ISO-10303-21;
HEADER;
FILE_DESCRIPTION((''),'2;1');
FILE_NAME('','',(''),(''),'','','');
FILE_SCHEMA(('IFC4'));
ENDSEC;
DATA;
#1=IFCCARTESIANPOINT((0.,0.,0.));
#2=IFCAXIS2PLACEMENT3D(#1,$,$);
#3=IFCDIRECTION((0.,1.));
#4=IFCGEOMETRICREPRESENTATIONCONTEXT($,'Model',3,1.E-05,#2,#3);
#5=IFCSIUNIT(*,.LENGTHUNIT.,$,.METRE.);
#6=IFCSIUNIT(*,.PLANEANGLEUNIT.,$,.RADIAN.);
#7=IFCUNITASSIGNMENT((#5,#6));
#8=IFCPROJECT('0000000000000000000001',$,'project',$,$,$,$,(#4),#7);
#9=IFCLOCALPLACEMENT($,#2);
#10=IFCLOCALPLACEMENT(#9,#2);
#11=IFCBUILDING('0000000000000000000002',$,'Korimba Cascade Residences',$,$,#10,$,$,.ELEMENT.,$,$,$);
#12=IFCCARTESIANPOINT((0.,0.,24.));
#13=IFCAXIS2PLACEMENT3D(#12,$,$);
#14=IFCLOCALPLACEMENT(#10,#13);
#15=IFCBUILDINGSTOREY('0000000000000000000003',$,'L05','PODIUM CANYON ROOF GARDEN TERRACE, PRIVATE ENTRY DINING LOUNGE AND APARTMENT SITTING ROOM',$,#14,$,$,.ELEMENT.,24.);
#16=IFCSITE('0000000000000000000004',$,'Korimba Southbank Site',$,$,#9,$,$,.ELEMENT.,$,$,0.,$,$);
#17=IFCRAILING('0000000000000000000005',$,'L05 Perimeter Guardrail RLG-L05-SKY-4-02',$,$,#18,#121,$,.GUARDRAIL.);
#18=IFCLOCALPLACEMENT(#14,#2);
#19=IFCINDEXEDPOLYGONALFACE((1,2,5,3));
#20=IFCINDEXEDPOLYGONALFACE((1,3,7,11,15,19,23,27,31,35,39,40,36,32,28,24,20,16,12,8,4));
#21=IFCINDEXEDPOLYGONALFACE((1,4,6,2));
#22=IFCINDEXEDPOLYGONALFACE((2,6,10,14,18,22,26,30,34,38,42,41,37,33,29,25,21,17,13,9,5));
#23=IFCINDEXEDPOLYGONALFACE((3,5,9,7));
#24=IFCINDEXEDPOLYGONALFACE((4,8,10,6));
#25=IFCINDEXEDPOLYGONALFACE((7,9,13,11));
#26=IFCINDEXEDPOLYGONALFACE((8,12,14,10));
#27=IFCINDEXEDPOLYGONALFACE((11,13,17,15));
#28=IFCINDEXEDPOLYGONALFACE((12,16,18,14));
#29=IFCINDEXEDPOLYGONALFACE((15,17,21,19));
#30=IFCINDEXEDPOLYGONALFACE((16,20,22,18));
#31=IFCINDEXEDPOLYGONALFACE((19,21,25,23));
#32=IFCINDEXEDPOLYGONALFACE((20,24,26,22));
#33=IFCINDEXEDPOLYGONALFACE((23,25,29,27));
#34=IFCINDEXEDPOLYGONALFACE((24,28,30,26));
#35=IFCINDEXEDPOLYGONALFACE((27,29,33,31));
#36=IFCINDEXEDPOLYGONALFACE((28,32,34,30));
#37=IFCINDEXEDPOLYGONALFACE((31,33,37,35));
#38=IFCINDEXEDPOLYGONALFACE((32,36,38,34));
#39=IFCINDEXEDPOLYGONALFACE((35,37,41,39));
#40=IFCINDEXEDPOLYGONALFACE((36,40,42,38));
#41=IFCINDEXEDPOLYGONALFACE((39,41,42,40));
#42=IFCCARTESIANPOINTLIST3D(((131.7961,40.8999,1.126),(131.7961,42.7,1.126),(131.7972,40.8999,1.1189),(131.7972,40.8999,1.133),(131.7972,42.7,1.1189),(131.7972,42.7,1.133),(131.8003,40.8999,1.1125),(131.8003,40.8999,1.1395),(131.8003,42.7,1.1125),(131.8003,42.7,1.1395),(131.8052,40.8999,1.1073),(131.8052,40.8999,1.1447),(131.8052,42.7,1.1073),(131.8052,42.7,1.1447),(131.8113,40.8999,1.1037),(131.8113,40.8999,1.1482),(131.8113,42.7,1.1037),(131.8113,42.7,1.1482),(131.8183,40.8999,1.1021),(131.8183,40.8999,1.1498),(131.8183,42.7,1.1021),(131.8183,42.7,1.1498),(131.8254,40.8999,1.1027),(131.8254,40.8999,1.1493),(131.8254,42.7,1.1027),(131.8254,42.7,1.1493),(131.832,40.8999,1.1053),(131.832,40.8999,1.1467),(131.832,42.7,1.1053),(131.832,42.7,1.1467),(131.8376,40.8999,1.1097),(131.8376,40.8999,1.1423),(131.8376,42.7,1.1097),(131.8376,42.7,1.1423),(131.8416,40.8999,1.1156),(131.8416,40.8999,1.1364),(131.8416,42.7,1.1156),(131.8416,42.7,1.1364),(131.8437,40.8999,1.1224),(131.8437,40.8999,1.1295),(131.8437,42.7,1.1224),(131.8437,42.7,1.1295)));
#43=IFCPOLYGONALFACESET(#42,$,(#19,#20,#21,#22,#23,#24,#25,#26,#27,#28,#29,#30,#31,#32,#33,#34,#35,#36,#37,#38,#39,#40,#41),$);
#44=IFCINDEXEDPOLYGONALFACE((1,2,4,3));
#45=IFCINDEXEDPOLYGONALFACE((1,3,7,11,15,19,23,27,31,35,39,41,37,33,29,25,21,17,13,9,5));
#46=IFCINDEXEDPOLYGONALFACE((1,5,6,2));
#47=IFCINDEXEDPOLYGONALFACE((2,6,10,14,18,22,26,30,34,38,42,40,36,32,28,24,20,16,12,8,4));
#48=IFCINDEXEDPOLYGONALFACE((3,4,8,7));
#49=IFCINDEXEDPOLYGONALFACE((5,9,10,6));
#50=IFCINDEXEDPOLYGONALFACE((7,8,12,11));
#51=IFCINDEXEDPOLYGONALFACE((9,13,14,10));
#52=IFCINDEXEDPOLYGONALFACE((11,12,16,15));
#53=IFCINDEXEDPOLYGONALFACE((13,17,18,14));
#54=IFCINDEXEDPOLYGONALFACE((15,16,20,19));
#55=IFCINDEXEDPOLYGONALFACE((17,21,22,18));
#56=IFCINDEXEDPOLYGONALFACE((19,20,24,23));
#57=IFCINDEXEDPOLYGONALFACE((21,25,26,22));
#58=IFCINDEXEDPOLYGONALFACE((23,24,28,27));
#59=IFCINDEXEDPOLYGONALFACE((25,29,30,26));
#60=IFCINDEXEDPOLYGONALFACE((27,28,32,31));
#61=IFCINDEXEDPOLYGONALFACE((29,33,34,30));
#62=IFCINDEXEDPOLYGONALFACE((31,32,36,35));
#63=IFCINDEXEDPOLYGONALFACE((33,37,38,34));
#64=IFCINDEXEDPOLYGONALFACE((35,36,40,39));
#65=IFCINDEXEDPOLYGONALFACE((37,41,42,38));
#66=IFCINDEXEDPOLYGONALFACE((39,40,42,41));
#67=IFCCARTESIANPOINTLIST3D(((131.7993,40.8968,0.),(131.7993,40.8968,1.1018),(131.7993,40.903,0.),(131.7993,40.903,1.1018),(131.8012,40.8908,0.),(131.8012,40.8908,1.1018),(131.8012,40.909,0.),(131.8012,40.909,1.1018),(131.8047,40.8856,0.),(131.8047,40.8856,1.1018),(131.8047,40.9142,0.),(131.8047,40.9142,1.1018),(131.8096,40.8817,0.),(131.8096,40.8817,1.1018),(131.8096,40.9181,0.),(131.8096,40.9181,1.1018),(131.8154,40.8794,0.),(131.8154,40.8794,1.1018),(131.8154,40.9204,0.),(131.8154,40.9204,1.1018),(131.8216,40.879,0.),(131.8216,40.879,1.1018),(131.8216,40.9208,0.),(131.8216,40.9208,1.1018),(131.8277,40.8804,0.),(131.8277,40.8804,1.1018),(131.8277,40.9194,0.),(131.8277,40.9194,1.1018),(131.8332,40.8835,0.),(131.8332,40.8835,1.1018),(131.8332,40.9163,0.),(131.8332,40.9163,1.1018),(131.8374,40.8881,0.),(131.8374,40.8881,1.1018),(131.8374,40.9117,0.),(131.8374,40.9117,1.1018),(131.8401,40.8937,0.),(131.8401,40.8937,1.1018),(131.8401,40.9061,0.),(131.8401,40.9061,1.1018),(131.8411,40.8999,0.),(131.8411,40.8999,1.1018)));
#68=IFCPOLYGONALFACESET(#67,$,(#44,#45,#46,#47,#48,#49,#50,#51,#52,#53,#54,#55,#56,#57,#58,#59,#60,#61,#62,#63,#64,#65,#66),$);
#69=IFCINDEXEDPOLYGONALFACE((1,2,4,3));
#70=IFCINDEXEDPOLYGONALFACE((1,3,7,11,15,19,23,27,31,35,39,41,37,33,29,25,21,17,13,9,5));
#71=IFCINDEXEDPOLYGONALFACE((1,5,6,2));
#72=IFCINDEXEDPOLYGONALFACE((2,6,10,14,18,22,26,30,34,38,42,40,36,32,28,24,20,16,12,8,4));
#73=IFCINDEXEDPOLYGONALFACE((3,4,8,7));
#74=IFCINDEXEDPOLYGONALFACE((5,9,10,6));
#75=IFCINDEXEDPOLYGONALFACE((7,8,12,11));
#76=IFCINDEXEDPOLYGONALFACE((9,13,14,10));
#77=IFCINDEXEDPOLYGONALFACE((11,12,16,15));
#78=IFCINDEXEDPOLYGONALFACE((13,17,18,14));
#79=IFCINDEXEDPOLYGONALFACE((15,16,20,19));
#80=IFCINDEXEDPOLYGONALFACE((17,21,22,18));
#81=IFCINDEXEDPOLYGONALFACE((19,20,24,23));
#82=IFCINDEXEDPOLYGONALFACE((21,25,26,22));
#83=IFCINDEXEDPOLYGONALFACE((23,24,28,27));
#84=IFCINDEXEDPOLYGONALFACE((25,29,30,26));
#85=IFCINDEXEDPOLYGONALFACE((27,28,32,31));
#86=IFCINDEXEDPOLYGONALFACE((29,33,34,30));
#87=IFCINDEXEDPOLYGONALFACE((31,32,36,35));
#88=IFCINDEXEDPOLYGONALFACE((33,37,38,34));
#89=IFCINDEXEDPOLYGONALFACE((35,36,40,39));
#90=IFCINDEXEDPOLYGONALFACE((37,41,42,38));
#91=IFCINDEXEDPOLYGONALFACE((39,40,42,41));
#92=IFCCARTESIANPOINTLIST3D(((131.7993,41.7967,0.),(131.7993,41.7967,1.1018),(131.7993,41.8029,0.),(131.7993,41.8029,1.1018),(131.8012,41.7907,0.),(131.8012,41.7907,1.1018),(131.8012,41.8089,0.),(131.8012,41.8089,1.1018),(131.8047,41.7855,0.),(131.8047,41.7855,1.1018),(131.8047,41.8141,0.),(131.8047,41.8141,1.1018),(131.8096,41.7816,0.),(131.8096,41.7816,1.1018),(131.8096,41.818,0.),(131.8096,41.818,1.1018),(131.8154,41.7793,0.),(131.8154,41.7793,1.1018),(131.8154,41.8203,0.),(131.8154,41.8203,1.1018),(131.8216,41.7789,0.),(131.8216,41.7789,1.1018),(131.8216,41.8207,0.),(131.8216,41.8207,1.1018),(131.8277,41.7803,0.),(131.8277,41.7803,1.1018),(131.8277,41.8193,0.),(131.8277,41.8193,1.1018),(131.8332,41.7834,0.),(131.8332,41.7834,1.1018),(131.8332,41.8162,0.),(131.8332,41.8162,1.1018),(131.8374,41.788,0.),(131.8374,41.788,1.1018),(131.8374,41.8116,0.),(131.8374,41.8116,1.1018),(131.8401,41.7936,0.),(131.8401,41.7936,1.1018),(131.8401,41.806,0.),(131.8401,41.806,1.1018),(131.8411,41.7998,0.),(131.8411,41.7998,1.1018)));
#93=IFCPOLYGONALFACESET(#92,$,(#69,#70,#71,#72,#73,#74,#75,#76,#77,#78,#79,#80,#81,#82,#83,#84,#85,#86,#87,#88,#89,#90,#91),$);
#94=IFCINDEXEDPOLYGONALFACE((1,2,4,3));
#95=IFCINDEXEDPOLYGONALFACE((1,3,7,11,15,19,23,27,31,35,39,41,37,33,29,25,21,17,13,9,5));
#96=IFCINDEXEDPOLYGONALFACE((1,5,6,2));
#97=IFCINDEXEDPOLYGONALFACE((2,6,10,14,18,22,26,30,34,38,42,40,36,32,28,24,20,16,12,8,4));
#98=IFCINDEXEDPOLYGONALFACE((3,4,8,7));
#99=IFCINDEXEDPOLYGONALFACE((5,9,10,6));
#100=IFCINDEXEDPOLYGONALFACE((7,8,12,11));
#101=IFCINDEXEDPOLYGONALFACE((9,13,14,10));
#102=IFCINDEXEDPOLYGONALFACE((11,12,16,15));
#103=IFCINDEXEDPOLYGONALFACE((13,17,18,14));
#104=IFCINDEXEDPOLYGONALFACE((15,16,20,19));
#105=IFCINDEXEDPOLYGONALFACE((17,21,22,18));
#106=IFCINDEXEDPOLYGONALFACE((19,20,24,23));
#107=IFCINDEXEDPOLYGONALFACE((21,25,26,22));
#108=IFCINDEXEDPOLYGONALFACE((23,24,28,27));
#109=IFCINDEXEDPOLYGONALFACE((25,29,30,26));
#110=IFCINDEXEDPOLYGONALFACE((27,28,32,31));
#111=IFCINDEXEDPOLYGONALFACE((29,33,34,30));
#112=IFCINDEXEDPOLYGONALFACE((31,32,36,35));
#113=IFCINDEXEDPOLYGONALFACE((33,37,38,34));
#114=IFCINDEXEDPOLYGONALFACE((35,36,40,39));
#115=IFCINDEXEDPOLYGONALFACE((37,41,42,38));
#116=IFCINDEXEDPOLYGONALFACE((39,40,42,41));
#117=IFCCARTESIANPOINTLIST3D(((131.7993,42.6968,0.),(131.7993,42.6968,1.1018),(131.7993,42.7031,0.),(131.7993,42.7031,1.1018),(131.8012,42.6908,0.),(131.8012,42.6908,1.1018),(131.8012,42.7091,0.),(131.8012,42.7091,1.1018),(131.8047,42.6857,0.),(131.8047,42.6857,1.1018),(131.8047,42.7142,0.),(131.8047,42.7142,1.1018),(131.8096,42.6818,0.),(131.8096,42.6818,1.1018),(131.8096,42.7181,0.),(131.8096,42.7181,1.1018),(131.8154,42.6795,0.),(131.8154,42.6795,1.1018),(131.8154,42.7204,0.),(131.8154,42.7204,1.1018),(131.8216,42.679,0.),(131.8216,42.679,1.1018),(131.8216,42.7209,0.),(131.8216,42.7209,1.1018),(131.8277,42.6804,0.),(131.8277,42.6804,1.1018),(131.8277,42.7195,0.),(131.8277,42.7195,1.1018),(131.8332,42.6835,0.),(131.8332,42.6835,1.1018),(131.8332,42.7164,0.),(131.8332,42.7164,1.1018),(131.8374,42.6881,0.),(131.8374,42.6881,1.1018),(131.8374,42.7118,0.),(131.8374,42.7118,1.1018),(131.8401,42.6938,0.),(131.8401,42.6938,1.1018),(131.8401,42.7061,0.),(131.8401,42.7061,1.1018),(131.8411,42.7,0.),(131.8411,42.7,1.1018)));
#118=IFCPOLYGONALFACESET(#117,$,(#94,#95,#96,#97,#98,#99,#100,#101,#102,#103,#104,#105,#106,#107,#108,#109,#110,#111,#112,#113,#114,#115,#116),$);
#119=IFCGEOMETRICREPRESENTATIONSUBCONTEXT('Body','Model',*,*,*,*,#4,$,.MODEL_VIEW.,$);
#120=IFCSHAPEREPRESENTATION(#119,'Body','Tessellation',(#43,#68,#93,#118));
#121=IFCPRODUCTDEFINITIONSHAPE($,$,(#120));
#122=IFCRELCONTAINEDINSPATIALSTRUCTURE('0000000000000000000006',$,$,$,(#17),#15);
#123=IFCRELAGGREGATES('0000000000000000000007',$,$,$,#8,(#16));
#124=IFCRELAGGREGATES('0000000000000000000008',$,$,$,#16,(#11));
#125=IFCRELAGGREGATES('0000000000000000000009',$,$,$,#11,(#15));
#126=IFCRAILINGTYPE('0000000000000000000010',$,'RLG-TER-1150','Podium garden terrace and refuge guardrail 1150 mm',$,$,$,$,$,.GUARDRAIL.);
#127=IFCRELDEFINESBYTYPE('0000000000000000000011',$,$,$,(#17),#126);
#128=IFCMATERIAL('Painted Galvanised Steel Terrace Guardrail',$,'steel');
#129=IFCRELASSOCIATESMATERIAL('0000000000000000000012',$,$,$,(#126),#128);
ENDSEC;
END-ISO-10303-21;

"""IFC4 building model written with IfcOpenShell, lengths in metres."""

from ifc_helpers import new_model, si_unit, direction, frame, origin, origin_2d, place, context, subcontext, project, spatial, circle, extrude, material, type_object, element, save


model = new_model("IFC4")

# Units and contexts
model_context = context("Model", 3, precision=1e-05, world=origin(), true_north=direction((0.0, 1.0)))
body_context = subcontext(model_context, "Body", "Model", "MODEL_VIEW")
ifc_project = project(units=[si_unit("LENGTHUNIT", "METRE"), si_unit("PLANEANGLEUNIT", "RADIAN")], contexts=[model_context])

# Site, building, storey
site_placement = place(None, origin())
site = spatial("IfcSite", under=ifc_project, at=site_placement, Name="Korimba Southbank Site", CompositionType="ELEMENT", RefElevation=0.0)
building_placement = place(site_placement, origin())
building = spatial("IfcBuilding", under=site, at=building_placement, Name="Korimba Cascade Residences", CompositionType="ELEMENT")
storey_placement = place(building_placement, frame((0.0, 0.0, 24.0)))
storey = spatial("IfcBuildingStorey", under=building, at=storey_placement, Name="L05", Description="PODIUM CANYON ROOF GARDEN TERRACE, PRIVATE ENTRY DINING LOUNGE AND APARTMENT SITTING ROOM", CompositionType="ELEMENT", Elevation=24.0)

# Railing
ifc_material_1 = material(Name="Painted Galvanised Steel Terrace Guardrail", Category="steel")
railing_type = type_object("IfcRailingType", Name="RLG-TER-1150", Description="Podium garden terrace and refuge guardrail 1150 mm", PredefinedType="GUARDRAIL", material=ifc_material_1)
railing_1_placement = place(storey_placement, frame((131.8201, 40.8999, 0.0)))
element("IfcRailing", 1, at=railing_1_placement, inside=storey, type_object=railing_type, Name="L05 Perimeter Guardrail RLG-L05-SKY-4-02", PredefinedType="GUARDRAIL", context=body_context, shape_type="SweptSolid", body=[
    extrude(circle(Radius=0.0239, at=origin_2d()), frame((0.0, 0.0, 1.126), z_axis=(0.0, 1.0, 0.0), x_axis=(-1.0, 0.0, 0.0)), (0.0, 0.0, 1.0), 1.8),
    extrude(circle(Radius=0.021, at=origin_2d()), origin(), (0.0, 0.0, 1.0), 1.1018),
    extrude(circle(Radius=0.021, at=origin_2d()), frame((0.0, 0.8999, 0.0)), (0.0, 0.0, 1.0), 1.1018),
    extrude(circle(Radius=0.021, at=origin_2d()), frame((0.0, 1.8, 0.0)), (0.0, 0.0, 1.0), 1.1018),
])

save(model, "model.ifc")
